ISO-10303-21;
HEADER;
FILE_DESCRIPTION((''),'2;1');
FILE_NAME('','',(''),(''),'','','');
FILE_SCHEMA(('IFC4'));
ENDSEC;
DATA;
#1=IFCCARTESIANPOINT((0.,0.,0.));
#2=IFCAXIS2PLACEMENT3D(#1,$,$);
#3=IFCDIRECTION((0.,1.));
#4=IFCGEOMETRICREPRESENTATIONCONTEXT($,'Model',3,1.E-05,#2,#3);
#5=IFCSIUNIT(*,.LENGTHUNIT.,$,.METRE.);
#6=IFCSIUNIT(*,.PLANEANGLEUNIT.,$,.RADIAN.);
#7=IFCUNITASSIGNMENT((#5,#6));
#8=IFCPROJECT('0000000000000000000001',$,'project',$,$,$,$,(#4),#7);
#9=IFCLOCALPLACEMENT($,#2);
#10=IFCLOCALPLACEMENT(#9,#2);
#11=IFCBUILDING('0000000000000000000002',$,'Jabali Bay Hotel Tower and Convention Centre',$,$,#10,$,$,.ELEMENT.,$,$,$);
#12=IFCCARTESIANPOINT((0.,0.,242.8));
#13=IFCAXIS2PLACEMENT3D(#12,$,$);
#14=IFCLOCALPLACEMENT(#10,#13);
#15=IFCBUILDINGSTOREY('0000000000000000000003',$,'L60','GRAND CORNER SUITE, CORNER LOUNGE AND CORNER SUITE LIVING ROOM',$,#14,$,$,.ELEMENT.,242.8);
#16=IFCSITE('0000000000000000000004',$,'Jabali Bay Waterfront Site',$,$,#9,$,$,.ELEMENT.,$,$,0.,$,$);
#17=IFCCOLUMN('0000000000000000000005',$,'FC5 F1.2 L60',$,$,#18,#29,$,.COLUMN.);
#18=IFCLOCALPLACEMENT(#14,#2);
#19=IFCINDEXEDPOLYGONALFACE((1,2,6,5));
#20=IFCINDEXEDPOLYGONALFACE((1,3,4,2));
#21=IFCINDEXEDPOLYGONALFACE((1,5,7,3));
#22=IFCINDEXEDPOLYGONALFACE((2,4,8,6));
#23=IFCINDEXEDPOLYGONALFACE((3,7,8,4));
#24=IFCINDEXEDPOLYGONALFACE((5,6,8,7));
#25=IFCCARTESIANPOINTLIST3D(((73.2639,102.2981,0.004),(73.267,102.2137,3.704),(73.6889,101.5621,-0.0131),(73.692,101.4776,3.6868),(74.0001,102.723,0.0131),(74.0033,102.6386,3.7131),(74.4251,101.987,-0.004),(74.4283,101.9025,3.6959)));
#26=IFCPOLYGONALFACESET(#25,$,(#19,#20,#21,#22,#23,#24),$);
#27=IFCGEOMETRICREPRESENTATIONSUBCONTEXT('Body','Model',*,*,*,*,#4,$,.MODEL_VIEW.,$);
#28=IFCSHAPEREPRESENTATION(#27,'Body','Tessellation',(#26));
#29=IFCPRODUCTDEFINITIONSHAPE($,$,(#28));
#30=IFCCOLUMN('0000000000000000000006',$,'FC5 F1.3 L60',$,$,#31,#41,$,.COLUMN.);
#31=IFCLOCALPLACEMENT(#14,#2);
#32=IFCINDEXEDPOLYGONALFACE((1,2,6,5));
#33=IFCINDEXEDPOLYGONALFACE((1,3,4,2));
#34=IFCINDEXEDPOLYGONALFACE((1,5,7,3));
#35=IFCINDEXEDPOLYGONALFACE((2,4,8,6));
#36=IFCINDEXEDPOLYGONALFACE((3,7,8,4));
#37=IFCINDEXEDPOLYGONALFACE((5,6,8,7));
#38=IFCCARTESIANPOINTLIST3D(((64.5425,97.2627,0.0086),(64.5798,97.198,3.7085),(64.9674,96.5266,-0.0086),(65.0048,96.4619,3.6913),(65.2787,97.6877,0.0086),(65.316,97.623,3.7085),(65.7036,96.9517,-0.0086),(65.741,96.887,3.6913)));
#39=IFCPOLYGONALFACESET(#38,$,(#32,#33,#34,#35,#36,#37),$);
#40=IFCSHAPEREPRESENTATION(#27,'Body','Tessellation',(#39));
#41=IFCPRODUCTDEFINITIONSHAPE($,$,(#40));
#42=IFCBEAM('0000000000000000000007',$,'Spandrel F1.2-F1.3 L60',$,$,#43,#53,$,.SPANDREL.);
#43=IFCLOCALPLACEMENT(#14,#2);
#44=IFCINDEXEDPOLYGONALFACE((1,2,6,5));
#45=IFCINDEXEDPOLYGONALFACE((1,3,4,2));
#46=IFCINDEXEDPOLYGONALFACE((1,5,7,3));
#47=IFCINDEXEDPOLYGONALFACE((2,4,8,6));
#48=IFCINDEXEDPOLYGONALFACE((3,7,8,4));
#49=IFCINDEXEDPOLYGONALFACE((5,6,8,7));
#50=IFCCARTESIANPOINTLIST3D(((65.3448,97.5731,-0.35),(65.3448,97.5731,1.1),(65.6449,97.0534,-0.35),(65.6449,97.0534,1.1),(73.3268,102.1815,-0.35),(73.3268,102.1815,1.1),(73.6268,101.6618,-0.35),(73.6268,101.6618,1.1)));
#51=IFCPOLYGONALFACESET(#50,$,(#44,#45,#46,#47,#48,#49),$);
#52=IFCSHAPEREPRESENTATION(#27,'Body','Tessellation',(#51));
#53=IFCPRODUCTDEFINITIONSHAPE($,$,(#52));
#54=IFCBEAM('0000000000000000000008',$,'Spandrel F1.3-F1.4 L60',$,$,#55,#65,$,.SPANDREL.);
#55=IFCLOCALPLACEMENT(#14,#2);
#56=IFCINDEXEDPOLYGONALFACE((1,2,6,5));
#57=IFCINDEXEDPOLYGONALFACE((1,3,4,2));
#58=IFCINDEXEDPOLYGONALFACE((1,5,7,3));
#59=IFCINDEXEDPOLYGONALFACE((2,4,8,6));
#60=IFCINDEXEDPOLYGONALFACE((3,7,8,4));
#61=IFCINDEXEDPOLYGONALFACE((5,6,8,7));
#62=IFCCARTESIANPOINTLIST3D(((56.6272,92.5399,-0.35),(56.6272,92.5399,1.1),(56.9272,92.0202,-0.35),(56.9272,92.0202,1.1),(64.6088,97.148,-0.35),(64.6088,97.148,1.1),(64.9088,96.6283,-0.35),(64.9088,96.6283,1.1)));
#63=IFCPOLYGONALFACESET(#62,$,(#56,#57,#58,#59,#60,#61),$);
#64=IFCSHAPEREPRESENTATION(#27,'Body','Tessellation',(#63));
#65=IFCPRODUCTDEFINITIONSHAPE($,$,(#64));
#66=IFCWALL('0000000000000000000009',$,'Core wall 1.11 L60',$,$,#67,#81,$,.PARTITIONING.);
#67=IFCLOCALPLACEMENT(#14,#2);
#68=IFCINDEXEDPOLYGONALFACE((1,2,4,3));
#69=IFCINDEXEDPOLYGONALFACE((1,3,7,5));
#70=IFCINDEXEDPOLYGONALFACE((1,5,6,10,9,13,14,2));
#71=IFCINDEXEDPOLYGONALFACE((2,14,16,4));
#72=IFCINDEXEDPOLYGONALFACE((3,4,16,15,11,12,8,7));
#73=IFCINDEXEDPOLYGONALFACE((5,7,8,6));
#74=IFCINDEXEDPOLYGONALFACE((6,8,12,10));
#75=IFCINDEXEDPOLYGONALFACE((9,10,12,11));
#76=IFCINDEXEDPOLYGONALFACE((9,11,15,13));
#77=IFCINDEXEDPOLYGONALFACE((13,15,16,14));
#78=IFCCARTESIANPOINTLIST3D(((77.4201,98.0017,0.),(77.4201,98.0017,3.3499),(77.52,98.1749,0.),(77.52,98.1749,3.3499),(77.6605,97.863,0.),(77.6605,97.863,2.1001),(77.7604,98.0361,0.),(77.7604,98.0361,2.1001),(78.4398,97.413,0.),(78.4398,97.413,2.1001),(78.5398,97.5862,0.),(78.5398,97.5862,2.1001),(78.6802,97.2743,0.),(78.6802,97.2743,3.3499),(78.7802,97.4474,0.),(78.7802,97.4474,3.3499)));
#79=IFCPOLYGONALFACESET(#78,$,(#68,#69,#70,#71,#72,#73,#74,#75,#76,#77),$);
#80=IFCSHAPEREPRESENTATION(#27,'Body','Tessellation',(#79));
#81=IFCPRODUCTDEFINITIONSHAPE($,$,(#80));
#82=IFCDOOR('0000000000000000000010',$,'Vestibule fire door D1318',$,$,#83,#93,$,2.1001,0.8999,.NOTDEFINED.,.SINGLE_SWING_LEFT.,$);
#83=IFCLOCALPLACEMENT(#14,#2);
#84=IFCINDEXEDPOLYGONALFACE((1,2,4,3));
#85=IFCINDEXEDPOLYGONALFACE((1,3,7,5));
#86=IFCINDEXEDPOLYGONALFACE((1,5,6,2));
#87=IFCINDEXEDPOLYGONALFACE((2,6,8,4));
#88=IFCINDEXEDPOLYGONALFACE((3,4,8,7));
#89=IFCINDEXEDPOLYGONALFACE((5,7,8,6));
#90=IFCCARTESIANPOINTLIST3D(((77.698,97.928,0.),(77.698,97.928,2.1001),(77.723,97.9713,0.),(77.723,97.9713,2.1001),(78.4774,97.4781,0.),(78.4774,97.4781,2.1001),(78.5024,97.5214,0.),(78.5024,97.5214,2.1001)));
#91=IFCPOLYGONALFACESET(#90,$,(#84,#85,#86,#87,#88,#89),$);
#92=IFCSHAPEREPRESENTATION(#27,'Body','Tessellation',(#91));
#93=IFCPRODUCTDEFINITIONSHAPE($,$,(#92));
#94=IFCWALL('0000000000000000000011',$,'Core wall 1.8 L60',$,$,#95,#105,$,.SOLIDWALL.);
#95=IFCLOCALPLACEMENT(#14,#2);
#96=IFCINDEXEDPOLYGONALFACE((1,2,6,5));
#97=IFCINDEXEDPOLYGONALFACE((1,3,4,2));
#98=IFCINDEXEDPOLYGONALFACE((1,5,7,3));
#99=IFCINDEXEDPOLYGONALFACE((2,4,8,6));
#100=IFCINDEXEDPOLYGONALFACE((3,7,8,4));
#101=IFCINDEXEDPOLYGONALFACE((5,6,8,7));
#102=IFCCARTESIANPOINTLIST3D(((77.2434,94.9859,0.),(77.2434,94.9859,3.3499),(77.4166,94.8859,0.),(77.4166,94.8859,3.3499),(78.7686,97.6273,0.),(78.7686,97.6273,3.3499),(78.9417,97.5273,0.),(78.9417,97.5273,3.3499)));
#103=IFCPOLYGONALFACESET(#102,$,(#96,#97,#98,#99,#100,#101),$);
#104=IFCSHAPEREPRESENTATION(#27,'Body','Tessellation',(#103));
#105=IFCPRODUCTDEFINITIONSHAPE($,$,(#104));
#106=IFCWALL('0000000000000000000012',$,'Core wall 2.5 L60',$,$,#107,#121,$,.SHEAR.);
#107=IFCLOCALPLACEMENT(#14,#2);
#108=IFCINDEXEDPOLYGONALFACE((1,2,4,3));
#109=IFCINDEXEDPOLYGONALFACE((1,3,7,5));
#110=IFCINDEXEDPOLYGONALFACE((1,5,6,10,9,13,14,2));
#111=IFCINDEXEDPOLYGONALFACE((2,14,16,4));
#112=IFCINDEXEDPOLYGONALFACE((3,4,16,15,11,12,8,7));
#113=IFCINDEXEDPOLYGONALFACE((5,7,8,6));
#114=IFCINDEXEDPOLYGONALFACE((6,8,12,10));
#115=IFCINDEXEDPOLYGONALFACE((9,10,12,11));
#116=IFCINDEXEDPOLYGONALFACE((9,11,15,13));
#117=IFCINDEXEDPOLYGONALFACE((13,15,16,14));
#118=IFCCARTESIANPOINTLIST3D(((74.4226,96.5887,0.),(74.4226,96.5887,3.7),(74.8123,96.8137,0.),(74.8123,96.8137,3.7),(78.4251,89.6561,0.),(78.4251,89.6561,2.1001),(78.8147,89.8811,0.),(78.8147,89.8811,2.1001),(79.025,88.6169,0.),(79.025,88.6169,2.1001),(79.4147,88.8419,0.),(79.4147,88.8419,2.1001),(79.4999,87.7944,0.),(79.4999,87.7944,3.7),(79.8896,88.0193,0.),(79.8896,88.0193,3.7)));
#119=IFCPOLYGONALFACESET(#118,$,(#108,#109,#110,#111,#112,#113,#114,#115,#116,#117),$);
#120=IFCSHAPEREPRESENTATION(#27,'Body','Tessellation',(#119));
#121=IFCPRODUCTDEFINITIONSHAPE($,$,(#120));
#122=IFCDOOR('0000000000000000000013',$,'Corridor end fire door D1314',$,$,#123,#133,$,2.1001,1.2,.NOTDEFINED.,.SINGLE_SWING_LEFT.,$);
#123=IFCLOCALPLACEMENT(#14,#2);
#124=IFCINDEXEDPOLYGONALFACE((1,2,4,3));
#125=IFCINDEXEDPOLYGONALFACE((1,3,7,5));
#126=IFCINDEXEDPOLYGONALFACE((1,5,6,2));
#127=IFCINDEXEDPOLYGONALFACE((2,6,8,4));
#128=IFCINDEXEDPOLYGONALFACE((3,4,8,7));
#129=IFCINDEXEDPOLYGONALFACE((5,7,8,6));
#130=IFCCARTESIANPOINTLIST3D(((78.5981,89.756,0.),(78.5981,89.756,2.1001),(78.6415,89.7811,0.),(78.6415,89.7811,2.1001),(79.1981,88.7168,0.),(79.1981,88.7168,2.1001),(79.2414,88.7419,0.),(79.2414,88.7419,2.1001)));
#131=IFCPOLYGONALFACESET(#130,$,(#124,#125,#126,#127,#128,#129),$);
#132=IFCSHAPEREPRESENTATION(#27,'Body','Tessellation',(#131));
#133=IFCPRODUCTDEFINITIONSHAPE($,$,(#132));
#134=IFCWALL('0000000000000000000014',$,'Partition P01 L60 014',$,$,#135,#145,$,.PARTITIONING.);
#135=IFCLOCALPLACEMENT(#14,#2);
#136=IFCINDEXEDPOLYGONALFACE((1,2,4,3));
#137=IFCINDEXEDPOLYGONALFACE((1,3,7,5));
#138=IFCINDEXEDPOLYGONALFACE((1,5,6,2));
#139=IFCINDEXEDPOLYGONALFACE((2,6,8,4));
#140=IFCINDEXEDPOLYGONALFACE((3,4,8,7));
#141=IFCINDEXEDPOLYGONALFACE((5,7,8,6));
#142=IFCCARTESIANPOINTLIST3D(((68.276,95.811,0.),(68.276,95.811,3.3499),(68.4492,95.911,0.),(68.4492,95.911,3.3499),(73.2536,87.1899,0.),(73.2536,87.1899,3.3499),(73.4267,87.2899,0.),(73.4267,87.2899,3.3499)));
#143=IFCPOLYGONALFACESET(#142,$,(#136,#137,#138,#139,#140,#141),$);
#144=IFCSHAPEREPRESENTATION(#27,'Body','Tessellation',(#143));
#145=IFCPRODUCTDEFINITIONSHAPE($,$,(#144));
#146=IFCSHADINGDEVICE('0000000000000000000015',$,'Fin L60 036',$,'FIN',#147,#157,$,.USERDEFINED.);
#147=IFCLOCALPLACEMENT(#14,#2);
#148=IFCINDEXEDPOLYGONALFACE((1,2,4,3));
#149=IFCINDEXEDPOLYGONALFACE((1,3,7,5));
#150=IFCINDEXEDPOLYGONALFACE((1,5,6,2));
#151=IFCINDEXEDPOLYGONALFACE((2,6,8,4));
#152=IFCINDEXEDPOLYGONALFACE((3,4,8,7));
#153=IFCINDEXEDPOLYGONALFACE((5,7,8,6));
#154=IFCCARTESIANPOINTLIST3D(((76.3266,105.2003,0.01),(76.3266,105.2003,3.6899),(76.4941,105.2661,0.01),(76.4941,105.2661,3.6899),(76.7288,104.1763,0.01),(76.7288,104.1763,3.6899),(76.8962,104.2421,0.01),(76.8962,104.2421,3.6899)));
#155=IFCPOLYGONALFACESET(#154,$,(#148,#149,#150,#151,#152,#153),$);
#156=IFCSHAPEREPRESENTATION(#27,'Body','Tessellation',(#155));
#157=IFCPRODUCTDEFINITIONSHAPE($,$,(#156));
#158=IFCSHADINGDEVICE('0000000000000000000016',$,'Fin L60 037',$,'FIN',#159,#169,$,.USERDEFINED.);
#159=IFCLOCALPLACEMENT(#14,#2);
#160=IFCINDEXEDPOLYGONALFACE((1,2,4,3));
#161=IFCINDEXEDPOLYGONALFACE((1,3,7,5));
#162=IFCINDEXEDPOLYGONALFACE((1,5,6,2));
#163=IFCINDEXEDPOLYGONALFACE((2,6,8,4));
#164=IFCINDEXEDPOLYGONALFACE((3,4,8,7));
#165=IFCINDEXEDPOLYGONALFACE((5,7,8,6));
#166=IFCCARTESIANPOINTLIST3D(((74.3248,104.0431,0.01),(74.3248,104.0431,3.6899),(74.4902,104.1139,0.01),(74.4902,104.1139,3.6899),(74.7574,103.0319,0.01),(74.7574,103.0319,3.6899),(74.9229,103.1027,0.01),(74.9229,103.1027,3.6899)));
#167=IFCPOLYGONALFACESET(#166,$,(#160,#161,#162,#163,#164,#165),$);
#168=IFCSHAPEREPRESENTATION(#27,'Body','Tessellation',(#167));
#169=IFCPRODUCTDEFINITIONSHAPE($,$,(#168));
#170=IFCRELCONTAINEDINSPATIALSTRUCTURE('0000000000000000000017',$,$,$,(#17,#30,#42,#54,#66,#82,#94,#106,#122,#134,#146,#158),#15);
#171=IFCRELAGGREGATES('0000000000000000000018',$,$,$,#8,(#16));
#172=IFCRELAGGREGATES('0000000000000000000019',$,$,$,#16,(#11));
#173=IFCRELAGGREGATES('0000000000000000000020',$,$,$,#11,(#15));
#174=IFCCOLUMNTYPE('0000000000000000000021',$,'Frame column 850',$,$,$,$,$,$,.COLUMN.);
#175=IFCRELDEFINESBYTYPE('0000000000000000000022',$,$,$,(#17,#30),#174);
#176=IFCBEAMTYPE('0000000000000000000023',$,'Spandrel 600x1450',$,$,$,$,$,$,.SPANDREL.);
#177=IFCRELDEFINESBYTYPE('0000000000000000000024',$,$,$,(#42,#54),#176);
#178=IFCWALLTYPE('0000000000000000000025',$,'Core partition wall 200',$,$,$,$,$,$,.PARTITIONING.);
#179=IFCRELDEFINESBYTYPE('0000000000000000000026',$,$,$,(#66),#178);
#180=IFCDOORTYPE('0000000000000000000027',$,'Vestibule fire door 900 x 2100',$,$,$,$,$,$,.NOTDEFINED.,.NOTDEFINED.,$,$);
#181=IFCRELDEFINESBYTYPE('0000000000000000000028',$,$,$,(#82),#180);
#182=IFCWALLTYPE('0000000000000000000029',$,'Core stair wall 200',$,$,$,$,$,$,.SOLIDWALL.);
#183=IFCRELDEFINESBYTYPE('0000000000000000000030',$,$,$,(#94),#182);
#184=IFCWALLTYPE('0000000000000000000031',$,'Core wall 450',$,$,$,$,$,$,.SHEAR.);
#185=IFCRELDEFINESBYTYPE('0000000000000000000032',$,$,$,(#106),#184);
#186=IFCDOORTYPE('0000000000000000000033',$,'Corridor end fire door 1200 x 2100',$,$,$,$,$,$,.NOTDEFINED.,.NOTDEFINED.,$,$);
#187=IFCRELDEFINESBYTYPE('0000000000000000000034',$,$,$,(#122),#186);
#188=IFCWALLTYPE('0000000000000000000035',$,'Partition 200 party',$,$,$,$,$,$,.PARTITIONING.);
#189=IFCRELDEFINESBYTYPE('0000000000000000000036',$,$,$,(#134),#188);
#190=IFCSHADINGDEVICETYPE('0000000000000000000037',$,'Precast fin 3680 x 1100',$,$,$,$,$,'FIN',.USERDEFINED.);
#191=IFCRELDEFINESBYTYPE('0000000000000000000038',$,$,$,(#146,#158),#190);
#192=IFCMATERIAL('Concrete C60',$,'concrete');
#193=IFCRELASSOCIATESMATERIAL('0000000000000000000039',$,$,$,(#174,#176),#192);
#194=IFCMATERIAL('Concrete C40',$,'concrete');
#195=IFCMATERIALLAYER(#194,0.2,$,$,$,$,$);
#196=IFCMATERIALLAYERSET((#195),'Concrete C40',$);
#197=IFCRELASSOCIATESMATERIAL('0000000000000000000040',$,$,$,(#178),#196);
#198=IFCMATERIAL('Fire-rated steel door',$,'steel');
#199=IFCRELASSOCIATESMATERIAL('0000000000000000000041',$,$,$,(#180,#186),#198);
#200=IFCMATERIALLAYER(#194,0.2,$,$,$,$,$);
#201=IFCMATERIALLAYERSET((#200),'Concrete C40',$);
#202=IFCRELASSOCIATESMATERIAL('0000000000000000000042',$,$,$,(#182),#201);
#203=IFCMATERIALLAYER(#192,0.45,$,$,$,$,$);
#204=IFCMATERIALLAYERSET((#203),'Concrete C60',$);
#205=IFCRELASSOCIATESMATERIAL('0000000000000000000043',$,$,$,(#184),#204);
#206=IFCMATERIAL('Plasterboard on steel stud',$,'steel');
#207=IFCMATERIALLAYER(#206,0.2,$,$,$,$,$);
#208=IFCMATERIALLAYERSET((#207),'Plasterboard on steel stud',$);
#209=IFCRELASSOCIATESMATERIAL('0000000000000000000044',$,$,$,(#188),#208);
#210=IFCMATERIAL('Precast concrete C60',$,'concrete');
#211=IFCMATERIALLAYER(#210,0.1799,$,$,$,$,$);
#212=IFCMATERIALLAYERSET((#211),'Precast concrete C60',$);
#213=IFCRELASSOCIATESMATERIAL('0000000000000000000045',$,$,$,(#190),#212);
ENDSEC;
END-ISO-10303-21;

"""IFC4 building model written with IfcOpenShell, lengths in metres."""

from ifc_helpers import new_model, si_unit, direction, frame, frame_2d, origin, origin_2d, place, context, subcontext, project, spatial, rectangle, extrude, material, layer, layer_set, material_profile, profile_set, type_object, element, fill, save


model = new_model("IFC4")

# Units and contexts
model_context = context("Model", 3, precision=1e-05, world=origin(), true_north=direction((0.0, 1.0)))
body_context = subcontext(model_context, "Body", "Model", "MODEL_VIEW")
ifc_project = project(units=[si_unit("LENGTHUNIT", "METRE"), si_unit("PLANEANGLEUNIT", "RADIAN")], contexts=[model_context])

# Site, building, storey
site_placement = place(None, origin())
site = spatial("IfcSite", under=ifc_project, at=site_placement, Name="Jabali Bay Waterfront Site", CompositionType="ELEMENT", RefElevation=0.0)
building_placement = place(site_placement, origin())
building = spatial("IfcBuilding", under=site, at=building_placement, Name="Jabali Bay Hotel Tower and Convention Centre", CompositionType="ELEMENT")
storey_placement = place(building_placement, frame((0.0, 0.0, 242.8)))
storey = spatial("IfcBuildingStorey", under=building, at=storey_placement, Name="L60", Description="GRAND CORNER SUITE, CORNER LOUNGE AND CORNER SUITE LIVING ROOM", CompositionType="ELEMENT", Elevation=242.8)

# Columns
ifc_material_1 = material(Name="Concrete C60", Category="concrete")
ifc_material_profile_1 = material_profile(ifc_material_1, rectangle(XDim=0.8501, YDim=0.8501, at=origin_2d()), Name="Frame column 850")
ifc_profile_set_1 = profile_set([ifc_material_profile_1], Name="Concrete C60")
column_type = type_object("IfcColumnType", Name="Frame column 850", PredefinedType="COLUMN", material=ifc_profile_set_1)
column_1_placement = place(storey_placement, frame((73.8445, 102.1426, 0.0), z_axis=(0.000858, -0.022825, 0.999739), x_axis=(0.866054, 0.499836, 0.010669)))
element("IfcColumn", 1, at=column_1_placement, inside=storey, type_object=column_type, Name="FC5 F1.2 L60", PredefinedType="COLUMN", context=body_context, shape_type="SweptSolid", body=[
    extrude(rectangle(XDim=0.8501, YDim=0.8501, at=origin_2d()), origin(), (0.0, 0.0, 1.0), 3.7009),
])
column_2_placement = place(storey_placement, frame((65.123, 97.1072, 0.0), z_axis=(0.010094, -0.017482, 0.999796), x_axis=(0.86602, 0.500009, 0.0)))
element("IfcColumn", 2, at=column_2_placement, inside=storey, type_object=column_type, Name="FC5 F1.3 L60", PredefinedType="COLUMN", context=body_context, shape_type="SweptSolid", body=[
    extrude(rectangle(XDim=0.8501, YDim=0.8501, at=origin_2d()), origin(), (0.0, 0.0, 1.0), 3.7007),
])

# Beams
ifc_material_profile_2 = material_profile(ifc_material_1, rectangle(XDim=0.6001, YDim=1.45, at=origin_2d()), Name="Spandrel 600x1450")
ifc_profile_set_2 = profile_set([ifc_material_profile_2], Name="Concrete C60")
beam_type = type_object("IfcBeamType", Name="Spandrel 600x1450", PredefinedType="SPANDREL", material=ifc_profile_set_2)
beam_1_placement = place(storey_placement, frame((73.4768, 101.9216, 0.375), z_axis=(-0.866024, -0.500002, 0.0), x_axis=(0.500002, -0.866024, 0.0)))
element("IfcBeam", 3, at=beam_1_placement, inside=storey, type_object=beam_type, Name="Spandrel F1.2-F1.3 L60", PredefinedType="SPANDREL", context=body_context, shape_type="SweptSolid", body=[
    extrude(rectangle(XDim=0.6001, YDim=1.45, at=origin_2d()), origin(), (0.0, 0.0, 1.0), 9.2168),
])
beam_2_placement = place(storey_placement, frame((64.7588, 96.8882, 0.375), z_axis=(-0.866029, -0.499994, 0.0), x_axis=(0.499994, -0.866029, 0.0)))
element("IfcBeam", 4, at=beam_2_placement, inside=storey, type_object=beam_type, Name="Spandrel F1.3-F1.4 L60", PredefinedType="SPANDREL", context=body_context, shape_type="SweptSolid", body=[
    extrude(rectangle(XDim=0.6001, YDim=1.45, at=origin_2d()), origin(), (0.0, 0.0, 1.0), 9.2163),
])

# Wall, opening, door
ifc_material_2 = material(Name="Concrete C40", Category="concrete")
ifc_layer_1 = layer(ifc_material_2, 0.2)
ifc_layer_set_1 = layer_set([ifc_layer_1], Name="Concrete C40")
wall_type_1 = type_object("IfcWallType", Name="Core partition wall 200", PredefinedType="PARTITIONING", material=ifc_layer_set_1)
wall_1_placement = place(storey_placement, frame((78.7302, 97.3608, 0.0), z_axis=(0.0, 0.0, 1.0), x_axis=(-0.866046, 0.499965, 0.0)))
wall_1 = element("IfcWall", 5, at=wall_1_placement, inside=storey, type_object=wall_type_1, Name="Core wall 1.11 L60", PredefinedType="PARTITIONING", context=body_context, shape_type="SweptSolid", body=[
    extrude(rectangle(XDim=1.4551, YDim=0.2, at=frame_2d((0.7275, 0.0))), origin(), (0.0, 0.0, 1.0), 3.3499),
])
opening_1_placement = place(wall_1_placement, frame((0.2776, 0.0, 0.0)))
opening_1 = element("IfcOpeningElement", 6, at=opening_1_placement, cuts=wall_1, PredefinedType="OPENING", context=body_context, shape_type="SweptSolid", body=[
    extrude(rectangle(XDim=0.8999, YDim=2.1001, at=frame_2d((0.45, 1.05))), frame((0.0, 0.1104, 0.0), z_axis=(0.0, -1.0, 0.0), x_axis=(1.0, 0.0, 0.0)), (0.0, 0.0, 1.0), 0.2209),
])
ifc_material_3 = material(Name="Fire-rated steel door", Category="steel")
door_type_1 = type_object("IfcDoorType", Name="Vestibule fire door 900 x 2100", OperationType="NOTDEFINED", PredefinedType="NOTDEFINED", material=ifc_material_3)
door_1_placement = place(opening_1_placement, origin())
door_1 = element("IfcDoor", 7, at=door_1_placement, inside=storey, type_object=door_type_1, Name="Vestibule fire door D1318", OperationType="SINGLE_SWING_LEFT", OverallHeight=2.1001, OverallWidth=0.8999, PredefinedType="NOTDEFINED", context=body_context, shape_type="SweptSolid", body=[
    extrude(rectangle(XDim=0.8999, YDim=2.1001, at=frame_2d((0.45, 1.05))), frame((0.0, 0.0249, 0.0), z_axis=(0.0, -1.0, 0.0), x_axis=(1.0, 0.0, 0.0)), (0.0, 0.0, 1.0), 0.05),
])
fill(opening_1, door_1)

# Wall
ifc_layer_2 = layer(ifc_material_2, 0.2)
ifc_layer_set_2 = layer_set([ifc_layer_2], Name="Concrete C40")
wall_type_2 = type_object("IfcWallType", Name="Core stair wall 200", PredefinedType="SOLIDWALL", material=ifc_layer_set_2)
wall_2_placement = place(storey_placement, frame((77.3301, 94.936, 0.0), z_axis=(0.0, 0.0, 1.0), x_axis=(0.500039, 0.866003, 0.0)))
element("IfcWall", 8, at=wall_2_placement, inside=storey, type_object=wall_type_2, Name="Core wall 1.8 L60", PredefinedType="SOLIDWALL", context=body_context, shape_type="SweptSolid", body=[
    extrude(rectangle(XDim=3.05, YDim=0.2, at=frame_2d((1.5249, 0.0))), origin(), (0.0, 0.0, 1.0), 3.3499),
])

# Wall, opening, door
ifc_layer_3 = layer(ifc_material_1, 0.45)
ifc_layer_set_3 = layer_set([ifc_layer_3], Name="Concrete C60")
wall_type_3 = type_object("IfcWallType", Name="Core wall 450", PredefinedType="SHEAR", material=ifc_layer_set_3)
wall_3_placement = place(storey_placement, frame((74.6174, 96.7012, 0.0), z_axis=(0.0, 0.0, 1.0), x_axis=(0.499994, -0.866029, 0.0)))
wall_3 = element("IfcWall", 9, at=wall_3_placement, inside=storey, type_object=wall_type_3, Name="Core wall 2.5 L60", PredefinedType="SHEAR", context=body_context, shape_type="SweptSolid", body=[
    extrude(rectangle(XDim=10.1548, YDim=0.45, at=frame_2d((5.0774, 0.0))), origin(), (0.0, 0.0, 1.0), 3.7),
])
opening_2_placement = place(wall_3_placement, frame((8.0049, 0.0, 0.0)))
opening_2 = element("IfcOpeningElement", 10, at=opening_2_placement, cuts=wall_3, PredefinedType="OPENING", context=body_context, shape_type="SweptSolid", body=[
    extrude(rectangle(XDim=1.2, YDim=2.1001, at=frame_2d((0.6001, 1.05))), frame((0.0, 0.2354, 0.0), z_axis=(0.0, -1.0, 0.0), x_axis=(1.0, 0.0, 0.0)), (0.0, 0.0, 1.0), 0.4709),
])
door_type_2 = type_object("IfcDoorType", Name="Corridor end fire door 1200 x 2100", OperationType="NOTDEFINED", PredefinedType="NOTDEFINED", material=ifc_material_3)
door_2_placement = place(opening_2_placement, origin())
door_2 = element("IfcDoor", 11, at=door_2_placement, inside=storey, type_object=door_type_2, Name="Corridor end fire door D1314", OperationType="SINGLE_SWING_LEFT", OverallHeight=2.1001, OverallWidth=1.2, PredefinedType="NOTDEFINED", context=body_context, shape_type="SweptSolid", body=[
    extrude(rectangle(XDim=1.2, YDim=2.1001, at=frame_2d((0.6001, 1.05))), frame((0.0, 0.0249, 0.0), z_axis=(0.0, -1.0, 0.0), x_axis=(1.0, 0.0, 0.0)), (0.0, 0.0, 1.0), 0.05),
])
fill(opening_2, door_2)

# Wall
ifc_material_4 = material(Name="Plasterboard on steel stud", Category="steel")
ifc_layer_4 = layer(ifc_material_4, 0.2)
ifc_layer_set_4 = layer_set([ifc_layer_4], Name="Plasterboard on steel stud")
wall_type_4 = type_object("IfcWallType", Name="Partition 200 party", PredefinedType="PARTITIONING", material=ifc_layer_set_4)
wall_4_placement = place(storey_placement, frame((68.3625, 95.8611, 0.0), z_axis=(0.0, 0.0, 1.0), x_axis=(0.500011, -0.866019, 0.0)))
element("IfcWall", 12, at=wall_4_placement, inside=storey, type_object=wall_type_4, Name="Partition P01 L60 014", PredefinedType="PARTITIONING", context=body_context, shape_type="SweptSolid", body=[
    extrude(rectangle(XDim=9.9548, YDim=0.2, at=frame_2d((4.9775, 0.0))), origin(), (0.0, 0.0, 1.0), 3.3499),
])

# Shading devices
ifc_material_5 = material(Name="Precast concrete C60", Category="concrete")
ifc_layer_5 = layer(ifc_material_5, 0.1799)
ifc_layer_set_5 = layer_set([ifc_layer_5], Name="Precast concrete C60")
shading_device_type_1 = type_object("IfcShadingDeviceType", Name="Precast fin 3680 x 1100", ElementType="FIN", PredefinedType="USERDEFINED", material=ifc_layer_set_5)
shading_device_1_placement = place(storey_placement, frame((76.8125, 104.2092, 0.01), z_axis=(0.0, 0.0, 1.0), x_axis=(-0.365529, 0.9308, 0.0)))
element("IfcShadingDevice", 13, at=shading_device_1_placement, inside=storey, type_object=shading_device_type_1, Name="Fin L60 036", ObjectType="FIN", PredefinedType="USERDEFINED", context=body_context, shape_type="SweptSolid", body=[
    extrude(rectangle(XDim=1.1001, YDim=0.1799, at=frame_2d((0.55, 0.0))), origin(), (0.0, 0.0, 1.0), 3.6799),
])
for number, where, z_axis, x_axis, name in (
    (14, (74.8401, 103.0674, 0.01), (0.0, 0.0, 1.0), (-0.39333, 0.919397, 0.0), "Fin L60 037"),
):
    element("IfcShadingDevice", number, at=place(storey_placement, frame(where, z_axis=z_axis, x_axis=x_axis)), inside=storey, type_object=shading_device_type_1, Name=name, ObjectType="FIN", PredefinedType="USERDEFINED", context=body_context, shape_type="SweptSolid", body=[
        extrude(rectangle(XDim=1.0999, YDim=0.1799, at=frame_2d((0.5498, 0.0))), origin(), (0.0, 0.0, 1.0), 3.6799),
    ])

save(model, "model.ifc")
